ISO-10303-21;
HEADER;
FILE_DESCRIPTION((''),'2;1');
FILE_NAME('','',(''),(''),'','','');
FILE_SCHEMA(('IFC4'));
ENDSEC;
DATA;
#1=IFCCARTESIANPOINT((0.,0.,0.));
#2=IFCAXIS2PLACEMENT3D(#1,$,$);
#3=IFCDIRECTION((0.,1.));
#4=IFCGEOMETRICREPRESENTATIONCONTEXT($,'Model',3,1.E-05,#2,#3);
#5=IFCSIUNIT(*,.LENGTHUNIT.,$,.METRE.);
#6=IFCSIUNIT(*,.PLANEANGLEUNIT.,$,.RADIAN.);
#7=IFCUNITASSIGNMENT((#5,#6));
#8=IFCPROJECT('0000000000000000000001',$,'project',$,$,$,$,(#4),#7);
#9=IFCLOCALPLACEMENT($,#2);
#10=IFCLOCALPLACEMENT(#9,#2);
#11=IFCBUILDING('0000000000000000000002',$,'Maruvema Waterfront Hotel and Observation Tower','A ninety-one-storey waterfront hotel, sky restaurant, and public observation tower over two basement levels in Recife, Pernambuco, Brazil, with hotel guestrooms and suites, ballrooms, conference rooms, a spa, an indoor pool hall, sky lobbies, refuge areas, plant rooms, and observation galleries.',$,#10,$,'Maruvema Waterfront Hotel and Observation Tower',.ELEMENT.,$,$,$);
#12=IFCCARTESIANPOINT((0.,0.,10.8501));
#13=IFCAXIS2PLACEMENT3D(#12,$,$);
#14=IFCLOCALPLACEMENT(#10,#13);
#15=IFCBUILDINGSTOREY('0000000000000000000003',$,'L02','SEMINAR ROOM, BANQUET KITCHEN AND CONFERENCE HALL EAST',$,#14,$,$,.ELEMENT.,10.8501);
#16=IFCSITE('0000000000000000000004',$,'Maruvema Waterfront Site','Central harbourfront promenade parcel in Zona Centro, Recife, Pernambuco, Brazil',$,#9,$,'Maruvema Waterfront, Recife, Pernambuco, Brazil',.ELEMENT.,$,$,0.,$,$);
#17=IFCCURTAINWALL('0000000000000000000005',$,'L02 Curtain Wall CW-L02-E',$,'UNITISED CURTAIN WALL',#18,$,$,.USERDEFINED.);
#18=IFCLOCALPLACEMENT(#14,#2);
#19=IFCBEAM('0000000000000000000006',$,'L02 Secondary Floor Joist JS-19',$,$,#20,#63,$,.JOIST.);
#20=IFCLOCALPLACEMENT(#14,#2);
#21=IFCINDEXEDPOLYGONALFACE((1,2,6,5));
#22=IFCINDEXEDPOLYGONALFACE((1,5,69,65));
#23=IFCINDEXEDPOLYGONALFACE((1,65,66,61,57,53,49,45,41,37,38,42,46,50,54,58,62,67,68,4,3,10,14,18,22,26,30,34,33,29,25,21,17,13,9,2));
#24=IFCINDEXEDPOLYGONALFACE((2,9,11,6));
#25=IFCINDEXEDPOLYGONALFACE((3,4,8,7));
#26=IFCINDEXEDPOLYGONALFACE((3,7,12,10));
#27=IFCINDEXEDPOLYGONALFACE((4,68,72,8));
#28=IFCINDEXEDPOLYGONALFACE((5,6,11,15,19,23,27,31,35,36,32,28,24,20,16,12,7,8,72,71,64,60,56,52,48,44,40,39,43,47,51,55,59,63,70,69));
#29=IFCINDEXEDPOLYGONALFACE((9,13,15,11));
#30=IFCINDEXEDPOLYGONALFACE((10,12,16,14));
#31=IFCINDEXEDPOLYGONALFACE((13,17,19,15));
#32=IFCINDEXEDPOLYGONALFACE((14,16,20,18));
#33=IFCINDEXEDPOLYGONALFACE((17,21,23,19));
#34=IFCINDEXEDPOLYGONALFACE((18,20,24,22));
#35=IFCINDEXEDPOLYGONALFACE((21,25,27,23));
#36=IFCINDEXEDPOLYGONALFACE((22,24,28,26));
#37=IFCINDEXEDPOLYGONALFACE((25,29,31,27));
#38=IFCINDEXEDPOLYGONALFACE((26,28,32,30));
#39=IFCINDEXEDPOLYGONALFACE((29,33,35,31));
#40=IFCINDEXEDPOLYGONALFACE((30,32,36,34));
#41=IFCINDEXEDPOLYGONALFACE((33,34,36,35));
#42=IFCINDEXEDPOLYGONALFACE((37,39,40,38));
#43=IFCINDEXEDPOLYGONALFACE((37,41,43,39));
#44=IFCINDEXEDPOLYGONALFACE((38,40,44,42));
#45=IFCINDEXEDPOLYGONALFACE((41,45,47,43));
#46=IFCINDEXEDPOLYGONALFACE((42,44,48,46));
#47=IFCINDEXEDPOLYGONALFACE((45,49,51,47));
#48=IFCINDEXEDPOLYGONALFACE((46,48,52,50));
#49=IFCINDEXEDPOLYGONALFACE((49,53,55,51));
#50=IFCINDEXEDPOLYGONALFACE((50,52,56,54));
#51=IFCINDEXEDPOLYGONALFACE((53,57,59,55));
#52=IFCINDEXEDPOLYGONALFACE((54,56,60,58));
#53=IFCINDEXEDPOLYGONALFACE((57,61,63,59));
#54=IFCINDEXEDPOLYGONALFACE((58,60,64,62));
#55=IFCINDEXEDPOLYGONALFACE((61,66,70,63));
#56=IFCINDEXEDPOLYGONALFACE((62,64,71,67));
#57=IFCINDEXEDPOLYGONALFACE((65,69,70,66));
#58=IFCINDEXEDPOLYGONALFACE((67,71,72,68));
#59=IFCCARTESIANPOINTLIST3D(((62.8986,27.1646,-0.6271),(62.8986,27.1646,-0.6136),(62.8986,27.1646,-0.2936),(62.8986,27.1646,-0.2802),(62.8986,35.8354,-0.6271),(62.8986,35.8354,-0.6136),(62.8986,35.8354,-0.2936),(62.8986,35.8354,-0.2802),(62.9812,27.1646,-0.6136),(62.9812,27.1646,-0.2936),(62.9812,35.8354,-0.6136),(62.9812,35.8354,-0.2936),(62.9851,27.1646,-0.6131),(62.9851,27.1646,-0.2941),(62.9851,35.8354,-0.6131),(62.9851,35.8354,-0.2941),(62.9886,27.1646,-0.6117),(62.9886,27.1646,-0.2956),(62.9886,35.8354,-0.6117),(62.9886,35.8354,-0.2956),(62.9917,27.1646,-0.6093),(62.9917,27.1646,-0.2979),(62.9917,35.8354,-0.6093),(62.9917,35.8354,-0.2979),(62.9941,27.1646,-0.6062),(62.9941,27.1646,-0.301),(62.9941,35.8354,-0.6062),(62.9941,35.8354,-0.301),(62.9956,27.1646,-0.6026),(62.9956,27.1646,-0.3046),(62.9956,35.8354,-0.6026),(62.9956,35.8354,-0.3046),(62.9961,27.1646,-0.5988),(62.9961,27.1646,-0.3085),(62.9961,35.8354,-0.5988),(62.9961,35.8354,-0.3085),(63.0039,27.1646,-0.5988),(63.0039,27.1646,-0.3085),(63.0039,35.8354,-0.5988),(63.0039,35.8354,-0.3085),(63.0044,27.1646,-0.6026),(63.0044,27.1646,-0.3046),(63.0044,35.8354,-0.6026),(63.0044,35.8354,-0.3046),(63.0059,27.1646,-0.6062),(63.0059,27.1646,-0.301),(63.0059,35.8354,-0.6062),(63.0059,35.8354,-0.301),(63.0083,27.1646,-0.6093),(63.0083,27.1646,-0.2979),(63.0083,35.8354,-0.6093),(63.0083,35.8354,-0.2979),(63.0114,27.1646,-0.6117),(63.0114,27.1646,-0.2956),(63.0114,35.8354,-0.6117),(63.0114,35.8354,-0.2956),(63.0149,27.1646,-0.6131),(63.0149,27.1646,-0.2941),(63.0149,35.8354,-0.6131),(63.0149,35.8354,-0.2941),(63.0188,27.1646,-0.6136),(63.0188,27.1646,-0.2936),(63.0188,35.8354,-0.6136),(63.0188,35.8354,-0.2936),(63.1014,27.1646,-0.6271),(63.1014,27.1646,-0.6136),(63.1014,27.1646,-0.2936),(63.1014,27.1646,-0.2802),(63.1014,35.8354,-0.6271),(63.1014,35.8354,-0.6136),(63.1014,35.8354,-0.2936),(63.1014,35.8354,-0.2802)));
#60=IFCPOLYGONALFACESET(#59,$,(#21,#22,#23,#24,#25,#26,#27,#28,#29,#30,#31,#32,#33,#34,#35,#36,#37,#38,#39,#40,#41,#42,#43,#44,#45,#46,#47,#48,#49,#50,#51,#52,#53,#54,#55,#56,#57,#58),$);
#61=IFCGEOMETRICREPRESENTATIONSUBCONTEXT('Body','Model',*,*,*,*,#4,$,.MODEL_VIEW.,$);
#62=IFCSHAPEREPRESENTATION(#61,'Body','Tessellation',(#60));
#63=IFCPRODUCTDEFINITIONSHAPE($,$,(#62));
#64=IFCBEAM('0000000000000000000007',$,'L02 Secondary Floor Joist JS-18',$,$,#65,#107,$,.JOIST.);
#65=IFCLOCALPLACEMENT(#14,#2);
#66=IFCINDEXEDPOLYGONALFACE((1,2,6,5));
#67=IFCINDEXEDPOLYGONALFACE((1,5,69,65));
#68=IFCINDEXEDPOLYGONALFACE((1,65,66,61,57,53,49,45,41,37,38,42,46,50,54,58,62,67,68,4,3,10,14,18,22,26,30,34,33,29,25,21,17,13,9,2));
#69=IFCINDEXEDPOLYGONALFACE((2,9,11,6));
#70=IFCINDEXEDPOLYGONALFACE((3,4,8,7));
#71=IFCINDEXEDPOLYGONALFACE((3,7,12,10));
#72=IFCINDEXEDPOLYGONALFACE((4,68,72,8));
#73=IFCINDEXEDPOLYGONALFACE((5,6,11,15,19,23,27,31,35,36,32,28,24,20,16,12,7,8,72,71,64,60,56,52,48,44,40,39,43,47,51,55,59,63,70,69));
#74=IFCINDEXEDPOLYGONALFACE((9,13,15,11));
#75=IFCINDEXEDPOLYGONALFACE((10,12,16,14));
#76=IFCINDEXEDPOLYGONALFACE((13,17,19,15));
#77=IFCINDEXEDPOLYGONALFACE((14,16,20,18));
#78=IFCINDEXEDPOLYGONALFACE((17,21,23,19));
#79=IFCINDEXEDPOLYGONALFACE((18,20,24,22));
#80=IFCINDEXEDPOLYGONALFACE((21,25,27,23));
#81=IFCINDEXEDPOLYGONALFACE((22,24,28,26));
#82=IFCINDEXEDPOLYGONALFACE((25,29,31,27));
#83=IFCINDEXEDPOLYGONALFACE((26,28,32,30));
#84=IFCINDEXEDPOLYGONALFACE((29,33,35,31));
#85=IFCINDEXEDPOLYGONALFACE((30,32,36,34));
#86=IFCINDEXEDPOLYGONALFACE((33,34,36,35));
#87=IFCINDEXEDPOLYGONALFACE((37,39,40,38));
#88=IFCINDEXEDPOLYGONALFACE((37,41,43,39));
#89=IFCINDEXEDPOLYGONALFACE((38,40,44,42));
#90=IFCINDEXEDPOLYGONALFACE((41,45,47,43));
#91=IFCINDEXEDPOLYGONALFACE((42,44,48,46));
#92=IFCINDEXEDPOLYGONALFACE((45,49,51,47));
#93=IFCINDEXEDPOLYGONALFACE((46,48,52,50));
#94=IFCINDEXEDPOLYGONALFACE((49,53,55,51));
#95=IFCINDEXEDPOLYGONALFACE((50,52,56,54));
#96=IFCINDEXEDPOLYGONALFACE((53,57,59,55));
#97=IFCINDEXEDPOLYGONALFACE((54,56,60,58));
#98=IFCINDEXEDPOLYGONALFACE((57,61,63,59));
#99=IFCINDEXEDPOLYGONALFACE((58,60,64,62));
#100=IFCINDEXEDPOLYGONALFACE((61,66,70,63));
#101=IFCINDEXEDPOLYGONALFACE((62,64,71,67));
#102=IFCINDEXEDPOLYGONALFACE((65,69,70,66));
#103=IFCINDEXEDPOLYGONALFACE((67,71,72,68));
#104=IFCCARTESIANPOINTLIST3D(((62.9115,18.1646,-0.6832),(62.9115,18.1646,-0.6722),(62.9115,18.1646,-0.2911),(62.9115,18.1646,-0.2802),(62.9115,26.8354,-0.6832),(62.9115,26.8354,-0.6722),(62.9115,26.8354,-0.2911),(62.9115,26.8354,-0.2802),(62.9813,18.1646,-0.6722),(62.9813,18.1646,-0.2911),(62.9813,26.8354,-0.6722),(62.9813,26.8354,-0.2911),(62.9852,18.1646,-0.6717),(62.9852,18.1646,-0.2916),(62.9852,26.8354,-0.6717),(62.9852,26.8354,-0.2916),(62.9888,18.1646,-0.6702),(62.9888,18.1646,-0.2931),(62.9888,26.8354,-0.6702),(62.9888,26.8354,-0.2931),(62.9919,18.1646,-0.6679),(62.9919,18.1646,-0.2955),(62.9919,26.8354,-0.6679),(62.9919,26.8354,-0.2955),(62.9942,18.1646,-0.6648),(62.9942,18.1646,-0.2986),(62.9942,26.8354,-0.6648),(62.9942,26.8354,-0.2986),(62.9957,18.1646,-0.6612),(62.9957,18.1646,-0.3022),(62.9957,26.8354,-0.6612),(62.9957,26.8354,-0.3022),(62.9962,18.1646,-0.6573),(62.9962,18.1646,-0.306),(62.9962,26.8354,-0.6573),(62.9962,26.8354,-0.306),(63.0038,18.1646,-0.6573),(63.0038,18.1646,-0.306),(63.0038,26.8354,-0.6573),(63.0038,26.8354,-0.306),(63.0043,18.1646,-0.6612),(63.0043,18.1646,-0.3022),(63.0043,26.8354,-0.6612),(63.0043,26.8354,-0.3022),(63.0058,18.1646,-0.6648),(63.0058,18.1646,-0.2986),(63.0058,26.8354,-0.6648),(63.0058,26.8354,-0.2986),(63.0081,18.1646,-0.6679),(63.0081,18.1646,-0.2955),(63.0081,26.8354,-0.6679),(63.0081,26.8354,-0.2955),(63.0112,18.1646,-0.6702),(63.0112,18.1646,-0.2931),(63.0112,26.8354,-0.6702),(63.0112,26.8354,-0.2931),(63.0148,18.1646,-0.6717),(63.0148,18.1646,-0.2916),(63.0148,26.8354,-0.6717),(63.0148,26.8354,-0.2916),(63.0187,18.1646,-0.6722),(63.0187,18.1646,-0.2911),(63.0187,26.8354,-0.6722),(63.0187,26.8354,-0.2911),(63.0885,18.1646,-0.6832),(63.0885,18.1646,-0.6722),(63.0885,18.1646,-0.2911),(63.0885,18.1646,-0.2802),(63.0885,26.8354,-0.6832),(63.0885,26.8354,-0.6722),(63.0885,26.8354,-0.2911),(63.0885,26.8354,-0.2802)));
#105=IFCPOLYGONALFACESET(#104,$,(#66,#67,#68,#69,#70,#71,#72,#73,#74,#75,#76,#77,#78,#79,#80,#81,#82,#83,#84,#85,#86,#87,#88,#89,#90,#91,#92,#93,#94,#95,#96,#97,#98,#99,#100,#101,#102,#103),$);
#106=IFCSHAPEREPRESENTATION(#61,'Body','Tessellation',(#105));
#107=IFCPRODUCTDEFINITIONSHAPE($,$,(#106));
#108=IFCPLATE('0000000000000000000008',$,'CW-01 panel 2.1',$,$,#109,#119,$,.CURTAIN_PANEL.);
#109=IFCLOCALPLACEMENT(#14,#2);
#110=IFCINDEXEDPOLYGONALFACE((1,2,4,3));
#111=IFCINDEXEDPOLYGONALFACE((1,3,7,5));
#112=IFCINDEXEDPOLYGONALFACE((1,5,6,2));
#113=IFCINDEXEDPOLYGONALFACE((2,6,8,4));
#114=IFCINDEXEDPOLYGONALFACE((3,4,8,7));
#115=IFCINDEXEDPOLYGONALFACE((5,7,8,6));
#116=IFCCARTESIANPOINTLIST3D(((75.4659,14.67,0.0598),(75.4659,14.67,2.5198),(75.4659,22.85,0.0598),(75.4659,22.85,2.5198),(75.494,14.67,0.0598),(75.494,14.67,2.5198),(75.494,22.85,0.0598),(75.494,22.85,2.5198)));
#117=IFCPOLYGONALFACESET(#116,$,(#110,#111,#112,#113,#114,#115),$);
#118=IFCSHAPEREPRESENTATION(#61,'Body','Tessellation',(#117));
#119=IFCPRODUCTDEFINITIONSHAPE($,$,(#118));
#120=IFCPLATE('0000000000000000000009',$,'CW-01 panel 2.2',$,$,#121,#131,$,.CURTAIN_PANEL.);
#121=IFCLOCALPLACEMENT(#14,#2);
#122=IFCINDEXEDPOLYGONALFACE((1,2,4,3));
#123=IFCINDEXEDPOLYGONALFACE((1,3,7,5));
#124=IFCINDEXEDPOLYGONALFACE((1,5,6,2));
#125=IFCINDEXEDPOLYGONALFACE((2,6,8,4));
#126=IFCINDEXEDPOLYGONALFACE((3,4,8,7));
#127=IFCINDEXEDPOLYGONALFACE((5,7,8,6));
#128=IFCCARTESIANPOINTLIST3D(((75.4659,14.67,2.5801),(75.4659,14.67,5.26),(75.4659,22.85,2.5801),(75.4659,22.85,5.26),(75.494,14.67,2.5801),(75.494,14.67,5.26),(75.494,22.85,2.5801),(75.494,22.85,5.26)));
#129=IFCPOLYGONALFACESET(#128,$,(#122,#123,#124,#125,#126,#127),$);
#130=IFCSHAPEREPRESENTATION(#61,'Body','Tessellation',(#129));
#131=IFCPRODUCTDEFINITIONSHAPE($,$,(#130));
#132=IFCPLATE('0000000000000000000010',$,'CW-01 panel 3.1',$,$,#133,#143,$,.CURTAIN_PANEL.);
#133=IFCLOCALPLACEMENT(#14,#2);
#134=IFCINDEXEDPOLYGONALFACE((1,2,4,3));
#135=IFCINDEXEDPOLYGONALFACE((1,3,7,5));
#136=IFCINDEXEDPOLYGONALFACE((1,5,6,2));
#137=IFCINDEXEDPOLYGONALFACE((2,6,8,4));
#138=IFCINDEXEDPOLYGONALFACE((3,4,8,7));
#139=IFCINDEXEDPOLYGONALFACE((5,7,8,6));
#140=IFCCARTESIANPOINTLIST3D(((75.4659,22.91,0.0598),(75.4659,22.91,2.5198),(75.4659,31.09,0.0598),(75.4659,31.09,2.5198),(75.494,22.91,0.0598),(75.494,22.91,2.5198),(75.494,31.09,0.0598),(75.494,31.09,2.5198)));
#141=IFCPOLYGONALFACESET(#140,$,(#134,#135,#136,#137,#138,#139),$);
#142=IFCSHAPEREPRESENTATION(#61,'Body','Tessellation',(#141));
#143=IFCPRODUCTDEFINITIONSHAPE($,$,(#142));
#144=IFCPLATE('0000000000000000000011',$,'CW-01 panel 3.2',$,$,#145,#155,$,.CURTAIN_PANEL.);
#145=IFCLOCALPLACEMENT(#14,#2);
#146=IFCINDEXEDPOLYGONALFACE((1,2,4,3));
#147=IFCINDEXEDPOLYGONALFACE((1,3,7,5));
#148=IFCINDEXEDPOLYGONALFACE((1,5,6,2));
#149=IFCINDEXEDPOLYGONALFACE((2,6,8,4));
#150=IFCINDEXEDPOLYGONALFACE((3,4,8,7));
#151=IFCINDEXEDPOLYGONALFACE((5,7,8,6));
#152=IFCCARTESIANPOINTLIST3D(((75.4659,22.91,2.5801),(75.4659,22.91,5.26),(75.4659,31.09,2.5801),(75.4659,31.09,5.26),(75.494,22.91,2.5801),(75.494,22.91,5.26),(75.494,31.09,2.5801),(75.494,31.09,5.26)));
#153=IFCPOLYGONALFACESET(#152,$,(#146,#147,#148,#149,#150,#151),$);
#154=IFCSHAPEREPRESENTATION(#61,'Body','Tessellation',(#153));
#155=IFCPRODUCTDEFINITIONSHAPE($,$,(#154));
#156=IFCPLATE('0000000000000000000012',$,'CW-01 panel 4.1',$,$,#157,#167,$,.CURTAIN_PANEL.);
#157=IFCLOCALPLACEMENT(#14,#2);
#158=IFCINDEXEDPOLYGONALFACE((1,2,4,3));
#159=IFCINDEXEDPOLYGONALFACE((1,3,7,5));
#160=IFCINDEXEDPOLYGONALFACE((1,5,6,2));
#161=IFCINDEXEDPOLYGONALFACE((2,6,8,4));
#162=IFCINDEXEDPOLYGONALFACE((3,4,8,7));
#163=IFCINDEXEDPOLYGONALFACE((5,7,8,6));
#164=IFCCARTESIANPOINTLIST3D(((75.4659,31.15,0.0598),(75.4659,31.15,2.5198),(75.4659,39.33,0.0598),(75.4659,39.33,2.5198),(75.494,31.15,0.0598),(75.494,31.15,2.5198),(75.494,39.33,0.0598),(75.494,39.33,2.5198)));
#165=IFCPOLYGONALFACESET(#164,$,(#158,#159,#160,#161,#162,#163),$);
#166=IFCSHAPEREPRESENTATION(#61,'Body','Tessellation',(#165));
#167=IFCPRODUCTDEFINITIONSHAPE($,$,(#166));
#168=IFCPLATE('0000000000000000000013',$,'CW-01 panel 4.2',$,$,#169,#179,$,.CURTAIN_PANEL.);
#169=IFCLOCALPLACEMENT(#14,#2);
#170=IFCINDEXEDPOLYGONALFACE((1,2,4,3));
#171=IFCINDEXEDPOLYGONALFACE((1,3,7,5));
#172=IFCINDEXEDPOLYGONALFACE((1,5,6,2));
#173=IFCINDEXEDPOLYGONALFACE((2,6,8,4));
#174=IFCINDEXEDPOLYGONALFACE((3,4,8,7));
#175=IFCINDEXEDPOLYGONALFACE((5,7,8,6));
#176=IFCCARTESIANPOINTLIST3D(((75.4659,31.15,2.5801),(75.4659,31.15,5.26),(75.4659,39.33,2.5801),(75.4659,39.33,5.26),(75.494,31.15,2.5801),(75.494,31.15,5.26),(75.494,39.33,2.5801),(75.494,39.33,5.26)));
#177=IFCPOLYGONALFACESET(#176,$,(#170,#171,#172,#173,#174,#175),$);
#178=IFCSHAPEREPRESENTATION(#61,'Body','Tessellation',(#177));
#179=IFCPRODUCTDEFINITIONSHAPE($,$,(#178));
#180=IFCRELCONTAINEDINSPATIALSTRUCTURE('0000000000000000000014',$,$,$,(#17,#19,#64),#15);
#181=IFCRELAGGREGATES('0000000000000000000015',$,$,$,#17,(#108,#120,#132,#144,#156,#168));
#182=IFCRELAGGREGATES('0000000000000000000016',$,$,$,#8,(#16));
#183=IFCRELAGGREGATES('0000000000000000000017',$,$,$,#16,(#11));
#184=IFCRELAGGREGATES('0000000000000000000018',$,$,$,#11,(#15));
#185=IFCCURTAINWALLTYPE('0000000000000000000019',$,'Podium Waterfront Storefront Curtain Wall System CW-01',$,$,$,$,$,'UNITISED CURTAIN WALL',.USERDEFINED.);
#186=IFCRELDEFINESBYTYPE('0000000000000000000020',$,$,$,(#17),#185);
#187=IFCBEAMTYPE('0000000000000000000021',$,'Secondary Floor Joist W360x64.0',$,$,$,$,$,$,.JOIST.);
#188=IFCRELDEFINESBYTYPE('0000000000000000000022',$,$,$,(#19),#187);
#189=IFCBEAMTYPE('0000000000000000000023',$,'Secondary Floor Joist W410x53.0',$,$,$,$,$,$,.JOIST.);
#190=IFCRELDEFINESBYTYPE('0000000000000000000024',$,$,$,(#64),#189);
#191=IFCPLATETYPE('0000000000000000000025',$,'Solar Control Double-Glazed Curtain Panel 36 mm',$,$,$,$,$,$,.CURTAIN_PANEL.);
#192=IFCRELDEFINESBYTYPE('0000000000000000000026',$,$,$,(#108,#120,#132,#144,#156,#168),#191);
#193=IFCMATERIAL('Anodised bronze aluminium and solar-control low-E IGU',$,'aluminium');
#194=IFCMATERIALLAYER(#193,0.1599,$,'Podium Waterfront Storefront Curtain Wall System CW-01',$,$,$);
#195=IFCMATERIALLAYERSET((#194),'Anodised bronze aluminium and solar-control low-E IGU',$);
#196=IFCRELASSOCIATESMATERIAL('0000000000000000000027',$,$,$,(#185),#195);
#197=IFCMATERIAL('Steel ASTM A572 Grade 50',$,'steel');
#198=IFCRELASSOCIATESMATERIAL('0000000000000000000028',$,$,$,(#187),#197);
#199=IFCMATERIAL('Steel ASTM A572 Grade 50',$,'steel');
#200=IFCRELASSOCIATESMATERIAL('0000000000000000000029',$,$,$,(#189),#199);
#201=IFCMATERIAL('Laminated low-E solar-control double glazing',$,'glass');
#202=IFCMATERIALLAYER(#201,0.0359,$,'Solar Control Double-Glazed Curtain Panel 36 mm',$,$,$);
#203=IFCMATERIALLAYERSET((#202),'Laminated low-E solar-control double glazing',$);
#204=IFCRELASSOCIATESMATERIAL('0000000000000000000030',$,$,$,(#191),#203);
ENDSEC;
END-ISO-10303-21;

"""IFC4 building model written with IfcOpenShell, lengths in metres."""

from ifc_helpers import new_model, si_unit, direction, frame, origin, origin_2d, place, context, subcontext, project, spatial, rectangle, i_section, extrude, material, layer, layer_set, material_profile, profile_set, type_object, element, aggregate, save


model = new_model("IFC4")

# Units and contexts
model_context = context("Model", 3, precision=1e-05, world=origin(), true_north=direction((0.0, 1.0)))
body_context = subcontext(model_context, "Body", "Model", "MODEL_VIEW")
ifc_project = project(units=[si_unit("LENGTHUNIT", "METRE"), si_unit("PLANEANGLEUNIT", "RADIAN")], contexts=[model_context])

# Site, building, storey
site_placement = place(None, origin())
site = spatial("IfcSite", under=ifc_project, at=site_placement, Name="Maruvema Waterfront Site", Description="Central harbourfront promenade parcel in Zona Centro, Recife, Pernambuco, Brazil", LongName="Maruvema Waterfront, Recife, Pernambuco, Brazil", CompositionType="ELEMENT", RefElevation=0.0)
building_placement = place(site_placement, origin())
building = spatial("IfcBuilding", under=site, at=building_placement, Name="Maruvema Waterfront Hotel and Observation Tower", Description="A ninety-one-storey waterfront hotel, sky restaurant, and public observation tower over two basement levels in Recife, Pernambuco, Brazil, with hotel guestrooms and suites, ballrooms, conference rooms, a spa, an indoor pool hall, sky lobbies, refuge areas, plant rooms, and observation galleries.", LongName="Maruvema Waterfront Hotel and Observation Tower", CompositionType="ELEMENT")
storey_placement = place(building_placement, frame((0.0, 0.0, 10.8501)))
storey = spatial("IfcBuildingStorey", under=building, at=storey_placement, Name="L02", Description="SEMINAR ROOM, BANQUET KITCHEN AND CONFERENCE HALL EAST", CompositionType="ELEMENT", Elevation=10.8501)

# Curtain wall
ifc_material_1 = material(Name="Anodised bronze aluminium and solar-control low-E IGU", Category="aluminium")
ifc_layer_1 = layer(ifc_material_1, 0.1599, Name="Podium Waterfront Storefront Curtain Wall System CW-01")
ifc_layer_set_1 = layer_set([ifc_layer_1], Name="Anodised bronze aluminium and solar-control low-E IGU")
curtain_wall_type = type_object("IfcCurtainWallType", Name="Podium Waterfront Storefront Curtain Wall System CW-01", ElementType="UNITISED CURTAIN WALL", PredefinedType="USERDEFINED", material=ifc_layer_set_1)
curtain_wall_placement = place(storey_placement, origin())
curtain_wall = element("IfcCurtainWall", 1, at=curtain_wall_placement, inside=storey, type_object=curtain_wall_type, Name="L02 Curtain Wall CW-L02-E", ObjectType="UNITISED CURTAIN WALL", PredefinedType="USERDEFINED")

# Beams
ifc_material_2 = material(Name="Steel ASTM A572 Grade 50", Category="steel")
ifc_material_profile_1 = material_profile(ifc_material_2, i_section(OverallWidth=0.2029, OverallDepth=0.3469, WebThickness=0.0078, FlangeThickness=0.0134, FilletRadius=0.0149, at=origin_2d()), Name="W360x64.0")
ifc_profile_set_1 = profile_set([ifc_material_profile_1], Name="Steel ASTM A572 Grade 50")
beam_type_1 = type_object("IfcBeamType", Name="Secondary Floor Joist W360x64.0", PredefinedType="JOIST", material=ifc_profile_set_1)
beam_1_placement = place(storey_placement, frame((63.0, 27.1646, -0.4536), z_axis=(0.0, 1.0, 0.0), x_axis=(-1.0, 0.0, 0.0)))
element("IfcBeam", 2, at=beam_1_placement, inside=storey, type_object=beam_type_1, Name="L02 Secondary Floor Joist JS-19", PredefinedType="JOIST", context=body_context, shape_type="SweptSolid", body=[
    extrude(i_section(OverallWidth=0.2029, OverallDepth=0.3469, WebThickness=0.0078, FlangeThickness=0.0134, FilletRadius=0.0149, at=origin_2d()), origin(), (0.0, 0.0, 1.0), 8.6709),
])
ifc_material_3 = material(Name="Steel ASTM A572 Grade 50", Category="steel")
ifc_material_profile_2 = material_profile(ifc_material_3, i_section(OverallWidth=0.177, OverallDepth=0.4031, WebThickness=0.0076, FlangeThickness=0.011, FilletRadius=0.0149, at=origin_2d()), Name="W410x53.0")
ifc_profile_set_2 = profile_set([ifc_material_profile_2], Name="Steel ASTM A572 Grade 50")
beam_type_2 = type_object("IfcBeamType", Name="Secondary Floor Joist W410x53.0", PredefinedType="JOIST", material=ifc_profile_set_2)
beam_2_placement = place(storey_placement, frame((63.0, 18.1646, -0.4817), z_axis=(0.0, 1.0, 0.0), x_axis=(-1.0, 0.0, 0.0)))
element("IfcBeam", 3, at=beam_2_placement, inside=storey, type_object=beam_type_2, Name="L02 Secondary Floor Joist JS-18", PredefinedType="JOIST", context=body_context, shape_type="SweptSolid", body=[
    extrude(i_section(OverallWidth=0.177, OverallDepth=0.4031, WebThickness=0.0076, FlangeThickness=0.011, FilletRadius=0.0149, at=origin_2d()), origin(), (0.0, 0.0, 1.0), 8.6709),
])

# Plates
ifc_material_4 = material(Name="Laminated low-E solar-control double glazing", Category="glass")
ifc_layer_2 = layer(ifc_material_4, 0.0359, Name="Solar Control Double-Glazed Curtain Panel 36 mm")
ifc_layer_set_2 = layer_set([ifc_layer_2], Name="Laminated low-E solar-control double glazing")
plate_type = type_object("IfcPlateType", Name="Solar Control Double-Glazed Curtain Panel 36 mm", PredefinedType="CURTAIN_PANEL", material=ifc_layer_set_2)
plate_1_placement = place(storey_placement, frame((75.48, 18.76, 0.0598), z_axis=(0.0, 0.0, 1.0), x_axis=(0.0, 1.0, 0.0)))
plate_1 = element("IfcPlate", 4, at=plate_1_placement, type_object=plate_type, Name="CW-01 panel 2.1", PredefinedType="CURTAIN_PANEL", context=body_context, shape_type="SweptSolid", body=[
    extrude(rectangle(XDim=8.1799, YDim=0.0281, at=origin_2d()), origin(), (0.0, 0.0, 1.0), 2.46),
])
plate_2_placement = place(storey_placement, frame((75.48, 18.76, 2.5801), z_axis=(0.0, 0.0, 1.0), x_axis=(0.0, 1.0, 0.0)))
plate_2 = element("IfcPlate", 5, at=plate_2_placement, type_object=plate_type, Name="CW-01 panel 2.2", PredefinedType="CURTAIN_PANEL", context=body_context, shape_type="SweptSolid", body=[
    extrude(rectangle(XDim=8.1799, YDim=0.0281, at=origin_2d()), origin(), (0.0, 0.0, 1.0), 2.6799),
])
plate_3_placement = place(storey_placement, frame((75.48, 27.0, 0.0598), z_axis=(0.0, 0.0, 1.0), x_axis=(0.0, 1.0, 0.0)))
plate_3 = element("IfcPlate", 6, at=plate_3_placement, type_object=plate_type, Name="CW-01 panel 3.1", PredefinedType="CURTAIN_PANEL", context=body_context, shape_type="SweptSolid", body=[
    extrude(rectangle(XDim=8.1799, YDim=0.0281, at=origin_2d()), origin(), (0.0, 0.0, 1.0), 2.46),
])
plate_4_placement = place(storey_placement, frame((75.48, 27.0, 2.5801), z_axis=(0.0, 0.0, 1.0), x_axis=(0.0, 1.0, 0.0)))
plate_4 = element("IfcPlate", 7, at=plate_4_placement, type_object=plate_type, Name="CW-01 panel 3.2", PredefinedType="CURTAIN_PANEL", context=body_context, shape_type="SweptSolid", body=[
    extrude(rectangle(XDim=8.1799, YDim=0.0281, at=origin_2d()), origin(), (0.0, 0.0, 1.0), 2.6799),
])
plate_5_placement = place(storey_placement, frame((75.48, 35.24, 0.0598), z_axis=(0.0, 0.0, 1.0), x_axis=(0.0, 1.0, 0.0)))
plate_5 = element("IfcPlate", 8, at=plate_5_placement, type_object=plate_type, Name="CW-01 panel 4.1", PredefinedType="CURTAIN_PANEL", context=body_context, shape_type="SweptSolid", body=[
    extrude(rectangle(XDim=8.1799, YDim=0.0281, at=origin_2d()), origin(), (0.0, 0.0, 1.0), 2.46),
])
plate_6_placement = place(storey_placement, frame((75.48, 35.24, 2.5801), z_axis=(0.0, 0.0, 1.0), x_axis=(0.0, 1.0, 0.0)))
plate_6 = element("IfcPlate", 9, at=plate_6_placement, type_object=plate_type, Name="CW-01 panel 4.2", PredefinedType="CURTAIN_PANEL", context=body_context, shape_type="SweptSolid", body=[
    extrude(rectangle(XDim=8.1799, YDim=0.0281, at=origin_2d()), origin(), (0.0, 0.0, 1.0), 2.6799),
])
aggregate(curtain_wall, [plate_1, plate_2, plate_3, plate_4, plate_5, plate_6])

save(model, "model.ifc")
